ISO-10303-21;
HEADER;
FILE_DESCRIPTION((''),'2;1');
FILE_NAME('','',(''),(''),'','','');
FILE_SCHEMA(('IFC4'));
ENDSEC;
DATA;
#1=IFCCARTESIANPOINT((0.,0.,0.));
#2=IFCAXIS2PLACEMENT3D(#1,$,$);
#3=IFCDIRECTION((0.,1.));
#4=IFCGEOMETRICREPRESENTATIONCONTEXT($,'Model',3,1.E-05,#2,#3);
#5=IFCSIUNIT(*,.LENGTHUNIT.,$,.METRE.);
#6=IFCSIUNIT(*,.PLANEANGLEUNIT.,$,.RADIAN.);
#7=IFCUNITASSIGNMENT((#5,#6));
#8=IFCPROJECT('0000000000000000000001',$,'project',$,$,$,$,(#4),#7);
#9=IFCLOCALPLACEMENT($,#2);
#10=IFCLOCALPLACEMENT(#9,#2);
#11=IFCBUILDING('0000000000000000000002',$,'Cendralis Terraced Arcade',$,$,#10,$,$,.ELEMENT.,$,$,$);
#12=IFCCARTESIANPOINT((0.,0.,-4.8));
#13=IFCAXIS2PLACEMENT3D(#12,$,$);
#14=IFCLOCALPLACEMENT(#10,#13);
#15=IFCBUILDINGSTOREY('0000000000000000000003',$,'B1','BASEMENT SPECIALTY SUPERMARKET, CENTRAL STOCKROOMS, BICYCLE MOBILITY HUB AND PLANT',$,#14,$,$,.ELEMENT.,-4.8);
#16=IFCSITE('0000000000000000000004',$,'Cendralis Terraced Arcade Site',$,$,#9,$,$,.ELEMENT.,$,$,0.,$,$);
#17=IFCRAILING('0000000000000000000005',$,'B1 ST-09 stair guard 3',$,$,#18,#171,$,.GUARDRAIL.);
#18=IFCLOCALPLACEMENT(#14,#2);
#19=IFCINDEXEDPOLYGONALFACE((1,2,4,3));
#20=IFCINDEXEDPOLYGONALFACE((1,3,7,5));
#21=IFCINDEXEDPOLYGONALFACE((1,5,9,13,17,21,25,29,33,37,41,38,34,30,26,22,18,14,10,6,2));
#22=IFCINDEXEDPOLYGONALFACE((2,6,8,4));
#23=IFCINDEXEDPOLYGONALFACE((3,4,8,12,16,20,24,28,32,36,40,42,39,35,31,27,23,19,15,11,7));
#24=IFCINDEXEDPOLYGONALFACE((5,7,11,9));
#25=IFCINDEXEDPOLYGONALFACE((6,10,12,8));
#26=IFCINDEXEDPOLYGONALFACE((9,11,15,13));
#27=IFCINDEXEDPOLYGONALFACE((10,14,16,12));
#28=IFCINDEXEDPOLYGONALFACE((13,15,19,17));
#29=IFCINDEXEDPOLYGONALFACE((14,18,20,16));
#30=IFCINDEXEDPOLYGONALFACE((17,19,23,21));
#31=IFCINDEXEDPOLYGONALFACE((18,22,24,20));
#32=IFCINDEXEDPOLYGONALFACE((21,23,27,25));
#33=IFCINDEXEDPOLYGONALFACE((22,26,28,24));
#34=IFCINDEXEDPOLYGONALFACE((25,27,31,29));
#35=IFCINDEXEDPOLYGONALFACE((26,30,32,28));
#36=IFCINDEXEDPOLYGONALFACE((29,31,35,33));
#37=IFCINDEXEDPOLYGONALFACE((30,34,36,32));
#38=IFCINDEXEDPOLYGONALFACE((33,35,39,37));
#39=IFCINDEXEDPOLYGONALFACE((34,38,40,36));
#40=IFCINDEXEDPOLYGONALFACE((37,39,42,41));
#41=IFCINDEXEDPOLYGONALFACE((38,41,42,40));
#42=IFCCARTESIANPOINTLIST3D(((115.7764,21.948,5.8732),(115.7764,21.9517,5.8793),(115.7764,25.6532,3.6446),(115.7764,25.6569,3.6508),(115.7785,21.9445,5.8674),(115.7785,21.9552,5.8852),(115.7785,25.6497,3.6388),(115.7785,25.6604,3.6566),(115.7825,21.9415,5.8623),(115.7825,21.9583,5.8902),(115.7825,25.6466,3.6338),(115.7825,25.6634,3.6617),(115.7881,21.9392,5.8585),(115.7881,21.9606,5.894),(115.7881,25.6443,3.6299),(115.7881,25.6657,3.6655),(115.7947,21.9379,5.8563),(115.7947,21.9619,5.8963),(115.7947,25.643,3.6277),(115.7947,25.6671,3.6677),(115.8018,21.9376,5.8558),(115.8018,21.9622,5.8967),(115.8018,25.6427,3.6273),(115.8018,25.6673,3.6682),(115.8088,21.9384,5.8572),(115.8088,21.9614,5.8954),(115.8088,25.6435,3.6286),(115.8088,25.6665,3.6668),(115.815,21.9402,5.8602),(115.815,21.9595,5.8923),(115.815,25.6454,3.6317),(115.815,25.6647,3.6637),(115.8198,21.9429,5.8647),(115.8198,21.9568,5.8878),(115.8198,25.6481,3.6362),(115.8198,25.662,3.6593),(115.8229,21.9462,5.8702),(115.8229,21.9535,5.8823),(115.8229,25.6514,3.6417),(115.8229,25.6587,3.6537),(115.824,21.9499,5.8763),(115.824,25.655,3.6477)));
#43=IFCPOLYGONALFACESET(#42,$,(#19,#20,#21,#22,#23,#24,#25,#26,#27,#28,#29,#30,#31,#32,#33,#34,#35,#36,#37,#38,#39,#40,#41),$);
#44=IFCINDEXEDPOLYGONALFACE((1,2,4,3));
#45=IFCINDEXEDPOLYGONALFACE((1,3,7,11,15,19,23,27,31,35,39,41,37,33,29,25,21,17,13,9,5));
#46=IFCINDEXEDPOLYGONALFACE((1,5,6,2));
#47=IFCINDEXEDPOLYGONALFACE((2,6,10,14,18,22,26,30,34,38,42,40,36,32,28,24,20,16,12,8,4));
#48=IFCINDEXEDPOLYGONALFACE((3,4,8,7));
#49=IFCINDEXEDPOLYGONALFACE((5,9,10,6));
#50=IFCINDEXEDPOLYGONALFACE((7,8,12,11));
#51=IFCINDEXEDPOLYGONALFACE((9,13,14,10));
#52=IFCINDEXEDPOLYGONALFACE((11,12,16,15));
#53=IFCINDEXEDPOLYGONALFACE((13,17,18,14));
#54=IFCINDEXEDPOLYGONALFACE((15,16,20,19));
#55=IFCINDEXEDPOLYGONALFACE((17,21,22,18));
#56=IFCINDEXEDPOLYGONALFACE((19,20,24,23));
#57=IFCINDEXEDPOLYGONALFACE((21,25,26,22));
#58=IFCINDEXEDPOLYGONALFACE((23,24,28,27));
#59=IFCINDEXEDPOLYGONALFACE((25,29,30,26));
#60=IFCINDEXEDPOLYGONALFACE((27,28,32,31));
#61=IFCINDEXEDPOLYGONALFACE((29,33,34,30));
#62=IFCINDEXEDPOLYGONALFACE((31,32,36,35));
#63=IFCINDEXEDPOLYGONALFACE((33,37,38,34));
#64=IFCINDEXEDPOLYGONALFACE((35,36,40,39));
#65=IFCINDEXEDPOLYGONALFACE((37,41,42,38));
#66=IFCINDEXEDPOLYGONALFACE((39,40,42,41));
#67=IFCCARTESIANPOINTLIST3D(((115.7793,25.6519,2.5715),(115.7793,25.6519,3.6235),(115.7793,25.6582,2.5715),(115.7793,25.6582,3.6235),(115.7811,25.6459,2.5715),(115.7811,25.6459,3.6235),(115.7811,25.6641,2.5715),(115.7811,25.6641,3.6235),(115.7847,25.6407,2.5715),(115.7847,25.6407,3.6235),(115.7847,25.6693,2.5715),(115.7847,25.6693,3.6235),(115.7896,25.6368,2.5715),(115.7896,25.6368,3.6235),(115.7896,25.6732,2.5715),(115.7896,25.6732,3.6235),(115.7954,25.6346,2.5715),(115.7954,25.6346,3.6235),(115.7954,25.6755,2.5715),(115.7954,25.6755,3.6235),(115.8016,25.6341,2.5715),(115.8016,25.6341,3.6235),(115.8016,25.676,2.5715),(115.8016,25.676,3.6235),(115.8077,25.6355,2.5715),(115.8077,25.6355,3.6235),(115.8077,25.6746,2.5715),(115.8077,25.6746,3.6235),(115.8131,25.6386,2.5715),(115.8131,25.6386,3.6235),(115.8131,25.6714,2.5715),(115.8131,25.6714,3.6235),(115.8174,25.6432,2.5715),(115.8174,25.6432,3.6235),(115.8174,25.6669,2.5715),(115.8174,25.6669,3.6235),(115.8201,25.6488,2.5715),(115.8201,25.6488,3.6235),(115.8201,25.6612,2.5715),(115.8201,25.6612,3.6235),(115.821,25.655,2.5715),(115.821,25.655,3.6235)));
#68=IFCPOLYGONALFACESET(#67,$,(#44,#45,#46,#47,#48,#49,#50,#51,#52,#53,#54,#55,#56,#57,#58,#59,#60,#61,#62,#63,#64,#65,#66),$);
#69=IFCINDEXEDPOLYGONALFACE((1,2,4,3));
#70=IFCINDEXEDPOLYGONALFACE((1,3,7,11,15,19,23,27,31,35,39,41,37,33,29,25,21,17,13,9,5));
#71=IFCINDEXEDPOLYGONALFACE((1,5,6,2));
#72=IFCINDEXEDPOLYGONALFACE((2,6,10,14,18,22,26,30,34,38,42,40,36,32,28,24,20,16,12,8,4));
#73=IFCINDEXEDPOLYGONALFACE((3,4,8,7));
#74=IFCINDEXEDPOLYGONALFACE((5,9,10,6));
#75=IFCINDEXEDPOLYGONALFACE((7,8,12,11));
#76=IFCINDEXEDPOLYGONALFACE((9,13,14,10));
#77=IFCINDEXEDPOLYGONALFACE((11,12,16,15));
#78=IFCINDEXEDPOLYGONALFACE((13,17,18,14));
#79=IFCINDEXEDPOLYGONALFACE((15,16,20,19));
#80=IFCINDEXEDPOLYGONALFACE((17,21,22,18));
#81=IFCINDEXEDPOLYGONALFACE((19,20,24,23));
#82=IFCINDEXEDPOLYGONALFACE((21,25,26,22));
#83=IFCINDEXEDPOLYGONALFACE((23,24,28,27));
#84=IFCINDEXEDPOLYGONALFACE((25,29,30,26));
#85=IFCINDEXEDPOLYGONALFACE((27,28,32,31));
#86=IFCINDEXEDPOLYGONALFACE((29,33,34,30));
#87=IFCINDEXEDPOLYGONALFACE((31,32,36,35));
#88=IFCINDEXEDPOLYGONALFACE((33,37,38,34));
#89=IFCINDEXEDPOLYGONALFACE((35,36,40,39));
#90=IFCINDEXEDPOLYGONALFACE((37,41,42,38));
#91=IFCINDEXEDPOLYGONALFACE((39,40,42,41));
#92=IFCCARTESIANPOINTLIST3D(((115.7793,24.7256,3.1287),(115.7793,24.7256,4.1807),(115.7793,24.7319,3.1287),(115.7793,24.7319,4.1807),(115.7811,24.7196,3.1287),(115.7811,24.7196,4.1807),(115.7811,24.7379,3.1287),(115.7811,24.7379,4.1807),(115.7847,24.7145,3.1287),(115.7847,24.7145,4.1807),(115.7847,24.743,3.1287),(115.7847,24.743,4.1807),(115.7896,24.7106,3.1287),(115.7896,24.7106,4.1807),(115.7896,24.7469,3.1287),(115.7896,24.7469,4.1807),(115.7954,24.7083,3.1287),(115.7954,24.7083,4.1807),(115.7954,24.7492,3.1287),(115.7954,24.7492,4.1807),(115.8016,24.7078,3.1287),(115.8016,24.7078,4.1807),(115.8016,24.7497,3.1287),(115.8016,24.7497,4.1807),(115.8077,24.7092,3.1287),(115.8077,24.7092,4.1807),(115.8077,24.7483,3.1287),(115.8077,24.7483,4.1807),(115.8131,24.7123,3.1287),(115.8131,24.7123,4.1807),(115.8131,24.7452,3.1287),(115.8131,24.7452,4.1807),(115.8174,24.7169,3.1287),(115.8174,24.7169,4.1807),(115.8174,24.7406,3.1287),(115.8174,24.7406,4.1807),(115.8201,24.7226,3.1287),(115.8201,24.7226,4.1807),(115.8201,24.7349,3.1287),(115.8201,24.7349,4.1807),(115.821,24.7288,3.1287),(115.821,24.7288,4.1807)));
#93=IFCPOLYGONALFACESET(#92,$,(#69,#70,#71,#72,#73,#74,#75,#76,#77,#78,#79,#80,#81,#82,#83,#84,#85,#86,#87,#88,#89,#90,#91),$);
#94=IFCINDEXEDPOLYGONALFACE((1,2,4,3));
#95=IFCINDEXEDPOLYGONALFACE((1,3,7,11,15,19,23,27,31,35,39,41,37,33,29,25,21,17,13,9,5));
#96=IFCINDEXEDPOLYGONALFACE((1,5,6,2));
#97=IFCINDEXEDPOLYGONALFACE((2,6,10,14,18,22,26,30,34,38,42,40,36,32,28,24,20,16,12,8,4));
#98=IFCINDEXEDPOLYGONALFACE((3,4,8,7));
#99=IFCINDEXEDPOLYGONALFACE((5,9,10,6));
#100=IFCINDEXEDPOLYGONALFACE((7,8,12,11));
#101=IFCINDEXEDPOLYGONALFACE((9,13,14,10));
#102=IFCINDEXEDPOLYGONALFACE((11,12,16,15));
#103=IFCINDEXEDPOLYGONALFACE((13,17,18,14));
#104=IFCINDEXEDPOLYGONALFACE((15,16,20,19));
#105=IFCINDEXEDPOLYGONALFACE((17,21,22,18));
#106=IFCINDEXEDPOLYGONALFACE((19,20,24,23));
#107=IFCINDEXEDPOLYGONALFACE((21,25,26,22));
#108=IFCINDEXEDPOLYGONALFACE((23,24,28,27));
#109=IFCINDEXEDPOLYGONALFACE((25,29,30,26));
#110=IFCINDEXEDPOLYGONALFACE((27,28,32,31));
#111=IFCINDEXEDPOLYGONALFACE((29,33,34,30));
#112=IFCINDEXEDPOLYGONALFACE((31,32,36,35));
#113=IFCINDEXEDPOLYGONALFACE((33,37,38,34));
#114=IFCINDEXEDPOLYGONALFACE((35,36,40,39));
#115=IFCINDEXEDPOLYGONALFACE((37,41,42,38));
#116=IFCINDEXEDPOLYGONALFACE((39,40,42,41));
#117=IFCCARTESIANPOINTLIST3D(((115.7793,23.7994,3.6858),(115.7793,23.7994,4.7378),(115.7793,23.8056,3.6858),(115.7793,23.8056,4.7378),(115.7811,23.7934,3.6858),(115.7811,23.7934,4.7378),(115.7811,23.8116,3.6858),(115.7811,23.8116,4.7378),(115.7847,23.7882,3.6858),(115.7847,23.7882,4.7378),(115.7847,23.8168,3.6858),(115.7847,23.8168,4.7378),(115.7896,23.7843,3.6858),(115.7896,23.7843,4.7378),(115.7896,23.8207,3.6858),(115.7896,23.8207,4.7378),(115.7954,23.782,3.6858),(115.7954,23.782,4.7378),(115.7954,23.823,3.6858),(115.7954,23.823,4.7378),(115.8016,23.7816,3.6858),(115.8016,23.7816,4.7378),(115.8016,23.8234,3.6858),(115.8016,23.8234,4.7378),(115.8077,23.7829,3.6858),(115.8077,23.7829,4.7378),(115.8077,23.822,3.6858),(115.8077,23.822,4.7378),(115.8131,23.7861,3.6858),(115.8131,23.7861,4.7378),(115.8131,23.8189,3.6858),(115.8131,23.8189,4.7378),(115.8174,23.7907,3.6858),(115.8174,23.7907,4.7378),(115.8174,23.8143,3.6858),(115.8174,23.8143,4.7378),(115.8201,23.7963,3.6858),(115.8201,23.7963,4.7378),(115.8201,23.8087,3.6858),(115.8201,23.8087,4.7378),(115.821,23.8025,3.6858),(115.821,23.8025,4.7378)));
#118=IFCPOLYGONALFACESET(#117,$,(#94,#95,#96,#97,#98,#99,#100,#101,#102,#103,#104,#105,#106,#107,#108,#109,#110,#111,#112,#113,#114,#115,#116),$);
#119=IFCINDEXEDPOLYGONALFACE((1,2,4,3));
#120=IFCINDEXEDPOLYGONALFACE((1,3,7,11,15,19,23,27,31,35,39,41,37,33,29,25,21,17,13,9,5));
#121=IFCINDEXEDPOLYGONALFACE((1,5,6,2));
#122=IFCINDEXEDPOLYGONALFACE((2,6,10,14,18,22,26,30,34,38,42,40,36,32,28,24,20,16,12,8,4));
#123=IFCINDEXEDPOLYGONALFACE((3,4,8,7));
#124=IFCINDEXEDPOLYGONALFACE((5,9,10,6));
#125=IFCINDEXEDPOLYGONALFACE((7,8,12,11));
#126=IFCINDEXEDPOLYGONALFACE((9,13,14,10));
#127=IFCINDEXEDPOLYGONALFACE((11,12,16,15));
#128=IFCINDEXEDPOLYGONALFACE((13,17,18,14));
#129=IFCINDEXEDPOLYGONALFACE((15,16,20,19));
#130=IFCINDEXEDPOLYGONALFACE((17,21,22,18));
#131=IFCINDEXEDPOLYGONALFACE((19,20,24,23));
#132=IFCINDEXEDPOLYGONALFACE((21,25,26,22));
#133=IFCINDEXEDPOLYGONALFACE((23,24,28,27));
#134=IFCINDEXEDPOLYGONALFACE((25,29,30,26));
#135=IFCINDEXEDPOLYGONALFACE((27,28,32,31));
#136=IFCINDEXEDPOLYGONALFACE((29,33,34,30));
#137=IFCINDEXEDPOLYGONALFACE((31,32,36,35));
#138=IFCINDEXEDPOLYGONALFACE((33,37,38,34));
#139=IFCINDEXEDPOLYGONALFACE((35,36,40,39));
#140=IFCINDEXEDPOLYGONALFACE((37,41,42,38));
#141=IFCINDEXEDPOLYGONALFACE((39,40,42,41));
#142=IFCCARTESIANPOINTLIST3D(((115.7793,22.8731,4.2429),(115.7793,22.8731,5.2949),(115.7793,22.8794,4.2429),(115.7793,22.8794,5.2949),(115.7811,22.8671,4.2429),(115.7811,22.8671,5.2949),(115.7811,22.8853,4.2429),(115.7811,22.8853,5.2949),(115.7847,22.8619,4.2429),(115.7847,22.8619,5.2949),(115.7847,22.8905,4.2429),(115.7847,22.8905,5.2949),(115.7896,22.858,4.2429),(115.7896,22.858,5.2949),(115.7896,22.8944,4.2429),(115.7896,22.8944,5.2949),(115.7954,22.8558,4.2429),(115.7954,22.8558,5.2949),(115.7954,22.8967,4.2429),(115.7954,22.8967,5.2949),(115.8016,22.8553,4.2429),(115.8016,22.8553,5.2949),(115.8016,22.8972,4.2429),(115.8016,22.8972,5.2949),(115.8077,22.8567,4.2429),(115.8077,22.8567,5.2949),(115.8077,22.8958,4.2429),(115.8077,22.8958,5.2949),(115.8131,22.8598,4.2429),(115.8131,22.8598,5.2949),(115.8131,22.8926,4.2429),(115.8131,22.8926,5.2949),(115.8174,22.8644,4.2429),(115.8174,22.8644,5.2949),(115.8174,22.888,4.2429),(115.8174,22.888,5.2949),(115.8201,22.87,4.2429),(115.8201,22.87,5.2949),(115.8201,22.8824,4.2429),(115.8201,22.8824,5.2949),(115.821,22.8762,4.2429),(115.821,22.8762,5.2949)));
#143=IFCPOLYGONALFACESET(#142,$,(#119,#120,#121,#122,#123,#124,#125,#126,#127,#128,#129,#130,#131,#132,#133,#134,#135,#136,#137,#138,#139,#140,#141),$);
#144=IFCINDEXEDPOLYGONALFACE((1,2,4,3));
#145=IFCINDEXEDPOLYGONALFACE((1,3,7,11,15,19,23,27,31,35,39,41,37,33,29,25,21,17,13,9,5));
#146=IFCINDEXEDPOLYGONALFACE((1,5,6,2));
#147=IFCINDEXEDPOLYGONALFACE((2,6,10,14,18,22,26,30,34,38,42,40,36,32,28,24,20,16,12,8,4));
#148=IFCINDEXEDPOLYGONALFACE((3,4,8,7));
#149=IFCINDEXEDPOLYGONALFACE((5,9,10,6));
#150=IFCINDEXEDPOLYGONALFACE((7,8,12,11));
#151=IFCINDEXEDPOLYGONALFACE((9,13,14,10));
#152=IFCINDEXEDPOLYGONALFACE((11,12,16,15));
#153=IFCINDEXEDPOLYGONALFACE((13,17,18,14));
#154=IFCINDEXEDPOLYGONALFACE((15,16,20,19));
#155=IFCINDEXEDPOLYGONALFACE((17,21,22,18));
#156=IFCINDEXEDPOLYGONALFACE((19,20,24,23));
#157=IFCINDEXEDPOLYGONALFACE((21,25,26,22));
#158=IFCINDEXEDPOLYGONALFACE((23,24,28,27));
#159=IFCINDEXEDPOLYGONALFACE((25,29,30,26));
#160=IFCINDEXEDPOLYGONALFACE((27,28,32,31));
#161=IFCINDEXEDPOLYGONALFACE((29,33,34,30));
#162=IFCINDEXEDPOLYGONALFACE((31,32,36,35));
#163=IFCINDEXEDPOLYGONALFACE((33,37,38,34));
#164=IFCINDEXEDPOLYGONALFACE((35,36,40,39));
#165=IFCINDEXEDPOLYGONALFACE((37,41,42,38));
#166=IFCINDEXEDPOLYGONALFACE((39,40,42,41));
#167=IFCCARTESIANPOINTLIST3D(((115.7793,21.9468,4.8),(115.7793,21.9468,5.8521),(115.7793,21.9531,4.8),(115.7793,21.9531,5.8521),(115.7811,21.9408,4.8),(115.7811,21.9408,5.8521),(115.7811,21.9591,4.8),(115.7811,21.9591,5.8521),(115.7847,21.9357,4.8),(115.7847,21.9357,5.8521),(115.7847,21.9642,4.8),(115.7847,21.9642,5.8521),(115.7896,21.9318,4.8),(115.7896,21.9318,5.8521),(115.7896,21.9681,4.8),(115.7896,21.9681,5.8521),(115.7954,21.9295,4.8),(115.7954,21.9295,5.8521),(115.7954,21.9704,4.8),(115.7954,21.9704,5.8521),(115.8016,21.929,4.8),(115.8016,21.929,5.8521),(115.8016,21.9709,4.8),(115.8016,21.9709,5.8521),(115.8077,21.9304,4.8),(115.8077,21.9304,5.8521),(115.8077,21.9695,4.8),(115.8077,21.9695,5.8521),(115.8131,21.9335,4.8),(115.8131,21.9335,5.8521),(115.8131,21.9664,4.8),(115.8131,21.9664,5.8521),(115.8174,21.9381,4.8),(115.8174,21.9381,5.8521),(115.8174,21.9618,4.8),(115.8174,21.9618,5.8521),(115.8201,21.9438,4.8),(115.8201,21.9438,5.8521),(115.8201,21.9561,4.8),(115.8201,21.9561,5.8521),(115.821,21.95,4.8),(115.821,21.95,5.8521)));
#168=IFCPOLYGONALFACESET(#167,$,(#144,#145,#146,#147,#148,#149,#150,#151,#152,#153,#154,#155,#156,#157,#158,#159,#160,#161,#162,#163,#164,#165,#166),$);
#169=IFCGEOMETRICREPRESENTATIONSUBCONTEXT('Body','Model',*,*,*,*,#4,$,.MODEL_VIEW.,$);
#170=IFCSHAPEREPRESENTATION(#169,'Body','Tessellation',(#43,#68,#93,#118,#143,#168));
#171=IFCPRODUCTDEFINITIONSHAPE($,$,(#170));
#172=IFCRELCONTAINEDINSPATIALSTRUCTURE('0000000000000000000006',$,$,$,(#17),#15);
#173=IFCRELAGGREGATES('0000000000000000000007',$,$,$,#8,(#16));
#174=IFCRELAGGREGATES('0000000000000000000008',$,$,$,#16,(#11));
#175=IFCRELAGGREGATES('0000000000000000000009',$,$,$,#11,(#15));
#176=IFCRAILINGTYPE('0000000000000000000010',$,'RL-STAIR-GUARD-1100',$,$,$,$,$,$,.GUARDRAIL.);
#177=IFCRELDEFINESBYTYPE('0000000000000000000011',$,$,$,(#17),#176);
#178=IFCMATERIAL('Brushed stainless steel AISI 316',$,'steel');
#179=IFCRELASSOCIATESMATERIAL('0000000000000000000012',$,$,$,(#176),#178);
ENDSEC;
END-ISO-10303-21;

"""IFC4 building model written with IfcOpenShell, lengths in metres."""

from ifc_helpers import new_model, si_unit, direction, frame, origin, origin_2d, place, context, subcontext, project, spatial, circle, extrude, material, type_object, element, save


model = new_model("IFC4")

# Units and contexts
model_context = context("Model", 3, precision=1e-05, world=origin(), true_north=direction((0.0, 1.0)))
body_context = subcontext(model_context, "Body", "Model", "MODEL_VIEW")
ifc_project = project(units=[si_unit("LENGTHUNIT", "METRE"), si_unit("PLANEANGLEUNIT", "RADIAN")], contexts=[model_context])

# Site, building, storey
site_placement = place(None, origin())
site = spatial("IfcSite", under=ifc_project, at=site_placement, Name="Cendralis Terraced Arcade Site", CompositionType="ELEMENT", RefElevation=0.0)
building_placement = place(site_placement, origin())
building = spatial("IfcBuilding", under=site, at=building_placement, Name="Cendralis Terraced Arcade", CompositionType="ELEMENT")
storey_placement = place(building_placement, frame((0.0, 0.0, -4.8)))
storey = spatial("IfcBuildingStorey", under=building, at=storey_placement, Name="B1", Description="BASEMENT SPECIALTY SUPERMARKET, CENTRAL STOCKROOMS, BICYCLE MOBILITY HUB AND PLANT", CompositionType="ELEMENT", Elevation=-4.8)

# Railing
ifc_material_1 = material(Name="Brushed stainless steel AISI 316", Category="steel")
railing_type_1 = type_object("IfcRailingType", Name="RL-STAIR-GUARD-1100", PredefinedType="GUARDRAIL", material=ifc_material_1)
railing_1_placement = place(storey_placement, frame((115.8, 25.655, 2.5715)))
element("IfcRailing", 1, at=railing_1_placement, inside=storey, type_object=railing_type_1, Name="B1 ST-09 stair guard 3", PredefinedType="GUARDRAIL", context=body_context, shape_type="SweptSolid", body=[
    extrude(circle(Radius=0.0239, at=origin_2d()), frame((0.0, 0.0, 1.0762), z_axis=(0.0, -0.856934, 0.515425), x_axis=(1.0, 0.0, 0.0)), (0.0, 0.0, 1.0), 4.3237),
    extrude(circle(Radius=0.021, at=origin_2d()), origin(), (0.0, 0.0, 1.0), 1.052),
    extrude(circle(Radius=0.021, at=origin_2d()), frame((0.0, -0.9263, 0.5571)), (0.0, 0.0, 1.0), 1.052),
    extrude(circle(Radius=0.021, at=origin_2d()), frame((0.0, -1.8525, 1.1143)), (0.0, 0.0, 1.0), 1.052),
    extrude(circle(Radius=0.021, at=origin_2d()), frame((0.0, -2.7788, 1.6714)), (0.0, 0.0, 1.0), 1.052),
    extrude(circle(Radius=0.021, at=origin_2d()), frame((0.0, -3.7051, 2.2285)), (0.0, 0.0, 1.0), 1.052),
])

save(model, "model.ifc")
